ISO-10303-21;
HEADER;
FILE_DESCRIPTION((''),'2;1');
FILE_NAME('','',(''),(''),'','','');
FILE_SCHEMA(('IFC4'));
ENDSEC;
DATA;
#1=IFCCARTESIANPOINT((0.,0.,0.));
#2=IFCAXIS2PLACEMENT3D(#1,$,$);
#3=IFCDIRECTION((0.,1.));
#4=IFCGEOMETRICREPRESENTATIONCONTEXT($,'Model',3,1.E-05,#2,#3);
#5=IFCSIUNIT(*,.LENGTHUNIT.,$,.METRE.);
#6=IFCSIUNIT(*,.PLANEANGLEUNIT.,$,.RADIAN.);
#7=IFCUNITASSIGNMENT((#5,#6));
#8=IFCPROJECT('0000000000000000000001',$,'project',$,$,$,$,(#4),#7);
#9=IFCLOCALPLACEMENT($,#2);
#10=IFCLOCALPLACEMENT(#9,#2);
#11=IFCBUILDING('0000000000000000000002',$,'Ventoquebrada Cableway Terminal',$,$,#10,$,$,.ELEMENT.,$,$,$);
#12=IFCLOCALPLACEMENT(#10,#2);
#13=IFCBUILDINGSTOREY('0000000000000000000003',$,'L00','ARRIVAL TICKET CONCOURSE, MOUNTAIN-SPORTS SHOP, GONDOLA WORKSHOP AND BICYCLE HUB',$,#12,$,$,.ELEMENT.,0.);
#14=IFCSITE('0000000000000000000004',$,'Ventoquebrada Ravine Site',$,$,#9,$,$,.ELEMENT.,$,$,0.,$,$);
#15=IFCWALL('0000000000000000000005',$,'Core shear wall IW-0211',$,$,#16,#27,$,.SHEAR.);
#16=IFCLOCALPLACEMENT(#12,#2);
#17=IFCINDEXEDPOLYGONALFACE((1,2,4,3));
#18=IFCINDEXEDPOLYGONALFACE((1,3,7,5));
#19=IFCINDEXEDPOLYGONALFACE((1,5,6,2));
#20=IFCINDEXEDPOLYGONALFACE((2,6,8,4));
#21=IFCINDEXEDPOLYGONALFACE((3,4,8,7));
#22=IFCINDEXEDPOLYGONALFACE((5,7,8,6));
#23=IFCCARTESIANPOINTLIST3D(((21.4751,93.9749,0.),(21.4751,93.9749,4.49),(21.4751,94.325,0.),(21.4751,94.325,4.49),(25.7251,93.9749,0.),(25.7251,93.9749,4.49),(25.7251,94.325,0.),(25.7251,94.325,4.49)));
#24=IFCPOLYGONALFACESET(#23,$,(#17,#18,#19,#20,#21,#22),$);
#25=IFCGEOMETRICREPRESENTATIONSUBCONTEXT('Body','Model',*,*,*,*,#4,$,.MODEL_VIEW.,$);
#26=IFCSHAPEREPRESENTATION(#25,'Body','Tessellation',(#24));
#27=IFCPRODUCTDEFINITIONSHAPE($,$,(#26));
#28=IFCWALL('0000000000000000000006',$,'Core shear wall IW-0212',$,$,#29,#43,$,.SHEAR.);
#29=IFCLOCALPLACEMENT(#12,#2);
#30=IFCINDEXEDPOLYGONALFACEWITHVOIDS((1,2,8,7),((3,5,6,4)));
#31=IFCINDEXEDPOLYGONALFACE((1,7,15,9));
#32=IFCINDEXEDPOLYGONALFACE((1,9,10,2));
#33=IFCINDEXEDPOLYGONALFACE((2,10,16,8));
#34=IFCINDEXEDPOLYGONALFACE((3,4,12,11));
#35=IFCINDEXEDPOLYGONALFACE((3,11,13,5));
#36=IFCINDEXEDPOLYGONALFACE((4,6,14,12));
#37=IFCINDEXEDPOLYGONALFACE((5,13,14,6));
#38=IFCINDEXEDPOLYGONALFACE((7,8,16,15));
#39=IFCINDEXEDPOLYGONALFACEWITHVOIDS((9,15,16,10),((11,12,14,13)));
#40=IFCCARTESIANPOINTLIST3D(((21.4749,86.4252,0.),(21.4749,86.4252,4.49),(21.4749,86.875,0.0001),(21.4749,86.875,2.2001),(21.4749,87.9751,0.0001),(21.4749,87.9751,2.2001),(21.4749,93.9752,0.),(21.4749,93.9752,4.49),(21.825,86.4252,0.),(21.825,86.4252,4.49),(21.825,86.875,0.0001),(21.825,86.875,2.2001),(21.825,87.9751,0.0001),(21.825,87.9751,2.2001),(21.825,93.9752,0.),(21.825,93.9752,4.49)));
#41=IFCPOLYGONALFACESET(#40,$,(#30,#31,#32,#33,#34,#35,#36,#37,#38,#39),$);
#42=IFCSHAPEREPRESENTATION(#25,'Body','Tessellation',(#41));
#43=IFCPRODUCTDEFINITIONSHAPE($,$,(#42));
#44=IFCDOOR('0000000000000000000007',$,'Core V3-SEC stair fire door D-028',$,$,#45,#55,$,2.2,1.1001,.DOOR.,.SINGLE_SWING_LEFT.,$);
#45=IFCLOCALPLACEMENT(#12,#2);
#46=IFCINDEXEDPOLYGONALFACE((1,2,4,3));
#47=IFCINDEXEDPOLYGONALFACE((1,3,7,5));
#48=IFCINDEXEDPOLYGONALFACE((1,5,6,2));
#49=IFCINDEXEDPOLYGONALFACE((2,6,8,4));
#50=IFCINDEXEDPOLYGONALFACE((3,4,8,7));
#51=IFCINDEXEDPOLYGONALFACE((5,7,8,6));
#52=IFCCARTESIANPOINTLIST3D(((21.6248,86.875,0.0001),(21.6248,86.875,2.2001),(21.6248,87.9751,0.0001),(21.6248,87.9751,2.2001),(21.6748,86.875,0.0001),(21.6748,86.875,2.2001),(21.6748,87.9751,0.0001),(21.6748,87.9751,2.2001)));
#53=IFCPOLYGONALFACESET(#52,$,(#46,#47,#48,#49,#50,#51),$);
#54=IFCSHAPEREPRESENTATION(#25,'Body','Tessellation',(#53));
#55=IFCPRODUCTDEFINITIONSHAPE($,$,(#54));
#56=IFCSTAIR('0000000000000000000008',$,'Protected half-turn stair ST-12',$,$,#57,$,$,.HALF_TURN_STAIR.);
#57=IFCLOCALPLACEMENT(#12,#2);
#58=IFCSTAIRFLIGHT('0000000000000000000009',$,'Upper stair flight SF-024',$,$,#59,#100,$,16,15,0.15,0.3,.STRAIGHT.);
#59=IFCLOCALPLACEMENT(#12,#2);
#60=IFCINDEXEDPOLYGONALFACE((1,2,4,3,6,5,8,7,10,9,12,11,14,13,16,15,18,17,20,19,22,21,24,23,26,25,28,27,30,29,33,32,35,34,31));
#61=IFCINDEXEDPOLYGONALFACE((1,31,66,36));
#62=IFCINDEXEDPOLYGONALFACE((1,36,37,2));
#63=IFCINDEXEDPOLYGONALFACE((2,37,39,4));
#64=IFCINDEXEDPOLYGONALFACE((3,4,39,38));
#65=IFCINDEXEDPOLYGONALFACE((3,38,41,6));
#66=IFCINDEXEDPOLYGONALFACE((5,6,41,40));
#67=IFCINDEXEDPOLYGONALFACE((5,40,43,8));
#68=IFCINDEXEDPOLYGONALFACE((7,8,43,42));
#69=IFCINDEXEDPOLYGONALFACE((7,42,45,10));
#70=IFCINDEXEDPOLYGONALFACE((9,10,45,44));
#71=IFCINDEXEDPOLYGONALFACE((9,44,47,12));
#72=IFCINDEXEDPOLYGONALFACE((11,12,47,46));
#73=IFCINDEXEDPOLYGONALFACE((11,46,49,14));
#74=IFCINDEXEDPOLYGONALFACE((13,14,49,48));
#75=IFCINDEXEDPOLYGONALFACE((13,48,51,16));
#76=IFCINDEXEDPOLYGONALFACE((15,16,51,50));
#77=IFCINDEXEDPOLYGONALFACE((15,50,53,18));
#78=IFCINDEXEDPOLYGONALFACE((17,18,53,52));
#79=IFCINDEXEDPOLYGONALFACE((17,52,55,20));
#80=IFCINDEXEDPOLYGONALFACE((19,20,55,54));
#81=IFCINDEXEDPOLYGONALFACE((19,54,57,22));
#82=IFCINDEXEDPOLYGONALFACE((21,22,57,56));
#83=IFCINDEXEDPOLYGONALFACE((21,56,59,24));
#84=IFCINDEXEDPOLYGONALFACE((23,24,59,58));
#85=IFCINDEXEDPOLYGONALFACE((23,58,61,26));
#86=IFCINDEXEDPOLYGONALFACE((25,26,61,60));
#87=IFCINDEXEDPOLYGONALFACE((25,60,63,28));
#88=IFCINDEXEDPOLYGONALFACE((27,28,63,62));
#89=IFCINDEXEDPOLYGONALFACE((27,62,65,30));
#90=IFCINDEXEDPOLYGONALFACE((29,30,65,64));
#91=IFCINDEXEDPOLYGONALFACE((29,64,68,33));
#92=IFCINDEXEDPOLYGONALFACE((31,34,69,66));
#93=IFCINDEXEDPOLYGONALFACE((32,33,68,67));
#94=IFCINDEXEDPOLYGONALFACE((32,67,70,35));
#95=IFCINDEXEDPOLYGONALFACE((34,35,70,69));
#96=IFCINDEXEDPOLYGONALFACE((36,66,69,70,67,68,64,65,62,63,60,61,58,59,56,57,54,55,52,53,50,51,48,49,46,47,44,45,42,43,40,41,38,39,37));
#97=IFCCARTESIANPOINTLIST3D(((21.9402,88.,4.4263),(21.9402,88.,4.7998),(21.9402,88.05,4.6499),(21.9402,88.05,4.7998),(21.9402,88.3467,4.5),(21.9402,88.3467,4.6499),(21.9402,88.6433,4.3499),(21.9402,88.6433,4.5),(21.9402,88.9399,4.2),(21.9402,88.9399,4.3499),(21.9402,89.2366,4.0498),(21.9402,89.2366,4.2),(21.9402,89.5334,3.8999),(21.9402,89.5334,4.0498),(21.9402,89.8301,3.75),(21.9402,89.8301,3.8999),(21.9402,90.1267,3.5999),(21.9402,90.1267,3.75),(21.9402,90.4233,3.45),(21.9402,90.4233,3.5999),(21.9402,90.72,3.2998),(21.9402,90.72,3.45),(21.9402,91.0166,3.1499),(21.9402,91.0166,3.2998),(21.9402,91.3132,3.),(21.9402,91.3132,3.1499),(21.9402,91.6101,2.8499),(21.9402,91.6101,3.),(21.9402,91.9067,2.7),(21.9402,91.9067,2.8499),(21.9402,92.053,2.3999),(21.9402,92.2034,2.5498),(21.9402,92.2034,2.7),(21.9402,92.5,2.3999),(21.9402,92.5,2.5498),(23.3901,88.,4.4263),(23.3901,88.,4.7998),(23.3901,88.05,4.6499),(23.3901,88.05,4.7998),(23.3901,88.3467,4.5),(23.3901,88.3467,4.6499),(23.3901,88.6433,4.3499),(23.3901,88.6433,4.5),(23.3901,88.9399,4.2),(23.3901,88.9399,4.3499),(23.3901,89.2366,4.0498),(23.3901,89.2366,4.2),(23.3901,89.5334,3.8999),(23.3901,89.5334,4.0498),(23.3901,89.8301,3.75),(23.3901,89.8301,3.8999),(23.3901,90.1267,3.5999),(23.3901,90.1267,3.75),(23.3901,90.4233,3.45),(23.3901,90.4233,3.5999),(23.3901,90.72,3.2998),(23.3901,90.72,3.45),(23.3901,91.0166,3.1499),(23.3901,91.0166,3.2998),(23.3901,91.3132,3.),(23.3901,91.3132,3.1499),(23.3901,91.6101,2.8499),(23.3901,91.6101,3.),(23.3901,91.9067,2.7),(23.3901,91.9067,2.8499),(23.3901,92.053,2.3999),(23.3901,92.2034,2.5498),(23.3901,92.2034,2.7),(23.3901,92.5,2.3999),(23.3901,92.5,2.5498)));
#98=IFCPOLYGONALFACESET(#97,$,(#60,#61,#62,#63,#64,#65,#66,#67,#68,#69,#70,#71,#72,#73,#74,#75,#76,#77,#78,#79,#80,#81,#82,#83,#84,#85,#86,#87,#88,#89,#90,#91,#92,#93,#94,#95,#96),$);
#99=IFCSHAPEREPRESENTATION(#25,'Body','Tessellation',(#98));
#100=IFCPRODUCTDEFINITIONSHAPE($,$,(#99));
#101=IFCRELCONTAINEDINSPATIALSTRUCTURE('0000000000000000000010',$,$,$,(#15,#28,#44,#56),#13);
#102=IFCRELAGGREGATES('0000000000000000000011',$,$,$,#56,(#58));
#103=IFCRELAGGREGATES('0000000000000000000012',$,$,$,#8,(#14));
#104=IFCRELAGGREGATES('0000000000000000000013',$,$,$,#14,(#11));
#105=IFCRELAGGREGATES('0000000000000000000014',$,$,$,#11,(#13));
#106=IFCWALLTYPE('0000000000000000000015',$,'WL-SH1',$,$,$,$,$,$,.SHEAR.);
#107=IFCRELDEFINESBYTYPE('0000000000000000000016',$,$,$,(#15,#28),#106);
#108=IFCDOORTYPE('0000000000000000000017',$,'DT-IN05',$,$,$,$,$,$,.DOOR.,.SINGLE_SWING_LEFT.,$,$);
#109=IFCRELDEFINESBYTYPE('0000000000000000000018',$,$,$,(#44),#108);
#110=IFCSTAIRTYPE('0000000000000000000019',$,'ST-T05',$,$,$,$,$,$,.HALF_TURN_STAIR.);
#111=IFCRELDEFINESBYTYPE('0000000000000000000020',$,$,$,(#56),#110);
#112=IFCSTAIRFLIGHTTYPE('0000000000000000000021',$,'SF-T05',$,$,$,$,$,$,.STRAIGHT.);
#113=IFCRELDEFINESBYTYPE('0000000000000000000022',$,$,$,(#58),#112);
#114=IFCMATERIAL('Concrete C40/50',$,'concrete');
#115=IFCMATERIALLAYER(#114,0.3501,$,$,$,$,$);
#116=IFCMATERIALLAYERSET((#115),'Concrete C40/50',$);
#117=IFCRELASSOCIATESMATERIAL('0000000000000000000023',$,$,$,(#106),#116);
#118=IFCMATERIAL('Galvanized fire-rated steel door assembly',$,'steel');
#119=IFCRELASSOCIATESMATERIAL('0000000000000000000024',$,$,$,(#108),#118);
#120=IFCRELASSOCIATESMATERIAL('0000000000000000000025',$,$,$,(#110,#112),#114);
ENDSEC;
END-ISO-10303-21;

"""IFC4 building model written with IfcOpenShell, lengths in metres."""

from ifc_helpers import new_model, si_unit, direction, frame, frame_2d, origin, place, context, subcontext, project, spatial, polyline, rectangle, outline, extrude, material, layer, layer_set, type_object, element, fill, aggregate, save


model = new_model("IFC4")

# Units and contexts
model_context = context("Model", 3, precision=1e-05, world=origin(), true_north=direction((0.0, 1.0)))
body_context = subcontext(model_context, "Body", "Model", "MODEL_VIEW")
ifc_project = project(units=[si_unit("LENGTHUNIT", "METRE"), si_unit("PLANEANGLEUNIT", "RADIAN")], contexts=[model_context])

# Site, building, storey
site_placement = place(None, origin())
site = spatial("IfcSite", under=ifc_project, at=site_placement, Name="Ventoquebrada Ravine Site", CompositionType="ELEMENT", RefElevation=0.0)
building_placement = place(site_placement, origin())
building = spatial("IfcBuilding", under=site, at=building_placement, Name="Ventoquebrada Cableway Terminal", CompositionType="ELEMENT")
storey_placement = place(building_placement, origin())
storey = spatial("IfcBuildingStorey", under=building, at=storey_placement, Name="L00", Description="ARRIVAL TICKET CONCOURSE, MOUNTAIN-SPORTS SHOP, GONDOLA WORKSHOP AND BICYCLE HUB", CompositionType="ELEMENT", Elevation=0.0)

# Shared definitions
ifc_material_1 = material(Name="Concrete C40/50", Category="concrete")

# Wall
ifc_layer_1 = layer(ifc_material_1, 0.3501)
ifc_layer_set_1 = layer_set([ifc_layer_1], Name="Concrete C40/50")
wall_type_1 = type_object("IfcWallType", Name="WL-SH1", PredefinedType="SHEAR", material=ifc_layer_set_1)
wall_1_placement = place(storey_placement, frame((25.7251, 94.1499, 0.0), z_axis=(0.0, 0.0, 1.0), x_axis=(-1.0, 0.0, 0.0)))
element("IfcWall", 1, at=wall_1_placement, inside=storey, type_object=wall_type_1, Name="Core shear wall IW-0211", PredefinedType="SHEAR", context=body_context, shape_type="SweptSolid", body=[
    extrude(rectangle(XDim=4.25, YDim=0.3501, at=frame_2d((2.125, 0.0))), origin(), (0.0, 0.0, 1.0), 4.49),
])

# Wall, opening, door
wall_2_placement = place(storey_placement, frame((21.6499, 93.9751, 0.0), z_axis=(0.0, 0.0, 1.0), x_axis=(0.0, -1.0, 0.0)))
wall_2 = element("IfcWall", 2, at=wall_2_placement, inside=storey, type_object=wall_type_1, Name="Core shear wall IW-0212", PredefinedType="SHEAR", context=body_context, shape_type="SweptSolid", body=[
    extrude(rectangle(XDim=7.55, YDim=0.3501, at=frame_2d((3.7749, 0.0))), origin(), (0.0, 0.0, 1.0), 4.49),
])
opening_1_placement = place(wall_2_placement, frame((6.0, 0.0, 0.0)))
opening_1 = element("IfcOpeningElement", 3, at=opening_1_placement, cuts=wall_2, PredefinedType="OPENING", context=body_context, shape_type="SweptSolid", body=[
    extrude(rectangle(XDim=1.1001, YDim=2.2, at=frame_2d((0.55, 1.1001))), frame((0.0, 0.1851, 0.0), z_axis=(0.0, -1.0, 0.0), x_axis=(1.0, 0.0, 0.0)), (0.0, 0.0, 1.0), 0.3701),
])
ifc_material_2 = material(Name="Galvanized fire-rated steel door assembly", Category="steel")
door_type_1 = type_object("IfcDoorType", Name="DT-IN05", OperationType="SINGLE_SWING_LEFT", PredefinedType="DOOR", material=ifc_material_2)
door_1_placement = place(opening_1_placement, origin())
door_1 = element("IfcDoor", 4, at=door_1_placement, inside=storey, type_object=door_type_1, Name="Core V3-SEC stair fire door D-028", OperationType="SINGLE_SWING_LEFT", OverallHeight=2.2, OverallWidth=1.1001, PredefinedType="DOOR", context=body_context, shape_type="SweptSolid", body=[
    extrude(rectangle(XDim=1.1001, YDim=2.2, at=frame_2d((0.55, 1.1001))), frame((0.0, 0.0249, 0.0), z_axis=(0.0, -1.0, 0.0), x_axis=(1.0, 0.0, 0.0)), (0.0, 0.0, 1.0), 0.05),
])
fill(opening_1, door_1)

# Stair, stair flight
stair_type = type_object("IfcStairType", Name="ST-T05", PredefinedType="HALF_TURN_STAIR", material=ifc_material_1)
stair_placement = place(storey_placement, origin())
stair = element("IfcStair", 5, at=stair_placement, inside=storey, type_object=stair_type, Name="Protected half-turn stair ST-12", PredefinedType="HALF_TURN_STAIR")
stair_flight_type = type_object("IfcStairFlightType", Name="SF-T05", PredefinedType="STRAIGHT", material=ifc_material_1)
stair_flight_placement = place(storey_placement, frame((22.665, 92.5, 2.3999), z_axis=(0.0, 0.0, 1.0), x_axis=(0.0, -1.0, 0.0)))
stair_flight = element("IfcStairFlight", 6, at=stair_flight_placement, type_object=stair_flight_type, Name="Upper stair flight SF-024", NumberOfRisers=16, NumberOfTreads=15, PredefinedType="STRAIGHT", RiserHeight=0.15, TreadLength=0.3, context=body_context, shape_type="SweptSolid", body=[
    extrude(outline(polyline([(0.0, 0.0), (0.0, 0.1499), (0.2966, 0.1499), (0.2966, 0.3), (0.5933, 0.3), (0.5933, 0.45), (0.8899, 0.45), (0.8899, 0.6001), (1.1868, 0.6001), (1.1868, 0.75), (1.4834, 0.75), (1.4834, 0.8999), (1.78, 0.8999), (1.78, 1.05), (2.0767, 1.05), (2.0767, 1.2), (2.3733, 1.2), (2.3733, 1.3501), (2.6699, 1.3501), (2.6699, 1.5), (2.9666, 1.5), (2.9666, 1.6499), (3.2634, 1.6499), (3.2634, 1.8), (3.5601, 1.8), (3.5601, 1.95), (3.8567, 1.95), (3.8567, 2.1001), (4.1533, 2.1001), (4.1533, 2.25), (4.45, 2.25), (4.45, 2.3999), (4.5, 2.3999), (4.5, 2.0264), (0.447, 0.0), (0.0, 0.0)])), frame((0.0, 0.7251, 0.0), z_axis=(0.0, -1.0, 0.0), x_axis=(1.0, 0.0, 0.0)), (0.0, 0.0, 1.0), 1.45),
])
aggregate(stair, [stair_flight])

save(model, "model.ifc")
